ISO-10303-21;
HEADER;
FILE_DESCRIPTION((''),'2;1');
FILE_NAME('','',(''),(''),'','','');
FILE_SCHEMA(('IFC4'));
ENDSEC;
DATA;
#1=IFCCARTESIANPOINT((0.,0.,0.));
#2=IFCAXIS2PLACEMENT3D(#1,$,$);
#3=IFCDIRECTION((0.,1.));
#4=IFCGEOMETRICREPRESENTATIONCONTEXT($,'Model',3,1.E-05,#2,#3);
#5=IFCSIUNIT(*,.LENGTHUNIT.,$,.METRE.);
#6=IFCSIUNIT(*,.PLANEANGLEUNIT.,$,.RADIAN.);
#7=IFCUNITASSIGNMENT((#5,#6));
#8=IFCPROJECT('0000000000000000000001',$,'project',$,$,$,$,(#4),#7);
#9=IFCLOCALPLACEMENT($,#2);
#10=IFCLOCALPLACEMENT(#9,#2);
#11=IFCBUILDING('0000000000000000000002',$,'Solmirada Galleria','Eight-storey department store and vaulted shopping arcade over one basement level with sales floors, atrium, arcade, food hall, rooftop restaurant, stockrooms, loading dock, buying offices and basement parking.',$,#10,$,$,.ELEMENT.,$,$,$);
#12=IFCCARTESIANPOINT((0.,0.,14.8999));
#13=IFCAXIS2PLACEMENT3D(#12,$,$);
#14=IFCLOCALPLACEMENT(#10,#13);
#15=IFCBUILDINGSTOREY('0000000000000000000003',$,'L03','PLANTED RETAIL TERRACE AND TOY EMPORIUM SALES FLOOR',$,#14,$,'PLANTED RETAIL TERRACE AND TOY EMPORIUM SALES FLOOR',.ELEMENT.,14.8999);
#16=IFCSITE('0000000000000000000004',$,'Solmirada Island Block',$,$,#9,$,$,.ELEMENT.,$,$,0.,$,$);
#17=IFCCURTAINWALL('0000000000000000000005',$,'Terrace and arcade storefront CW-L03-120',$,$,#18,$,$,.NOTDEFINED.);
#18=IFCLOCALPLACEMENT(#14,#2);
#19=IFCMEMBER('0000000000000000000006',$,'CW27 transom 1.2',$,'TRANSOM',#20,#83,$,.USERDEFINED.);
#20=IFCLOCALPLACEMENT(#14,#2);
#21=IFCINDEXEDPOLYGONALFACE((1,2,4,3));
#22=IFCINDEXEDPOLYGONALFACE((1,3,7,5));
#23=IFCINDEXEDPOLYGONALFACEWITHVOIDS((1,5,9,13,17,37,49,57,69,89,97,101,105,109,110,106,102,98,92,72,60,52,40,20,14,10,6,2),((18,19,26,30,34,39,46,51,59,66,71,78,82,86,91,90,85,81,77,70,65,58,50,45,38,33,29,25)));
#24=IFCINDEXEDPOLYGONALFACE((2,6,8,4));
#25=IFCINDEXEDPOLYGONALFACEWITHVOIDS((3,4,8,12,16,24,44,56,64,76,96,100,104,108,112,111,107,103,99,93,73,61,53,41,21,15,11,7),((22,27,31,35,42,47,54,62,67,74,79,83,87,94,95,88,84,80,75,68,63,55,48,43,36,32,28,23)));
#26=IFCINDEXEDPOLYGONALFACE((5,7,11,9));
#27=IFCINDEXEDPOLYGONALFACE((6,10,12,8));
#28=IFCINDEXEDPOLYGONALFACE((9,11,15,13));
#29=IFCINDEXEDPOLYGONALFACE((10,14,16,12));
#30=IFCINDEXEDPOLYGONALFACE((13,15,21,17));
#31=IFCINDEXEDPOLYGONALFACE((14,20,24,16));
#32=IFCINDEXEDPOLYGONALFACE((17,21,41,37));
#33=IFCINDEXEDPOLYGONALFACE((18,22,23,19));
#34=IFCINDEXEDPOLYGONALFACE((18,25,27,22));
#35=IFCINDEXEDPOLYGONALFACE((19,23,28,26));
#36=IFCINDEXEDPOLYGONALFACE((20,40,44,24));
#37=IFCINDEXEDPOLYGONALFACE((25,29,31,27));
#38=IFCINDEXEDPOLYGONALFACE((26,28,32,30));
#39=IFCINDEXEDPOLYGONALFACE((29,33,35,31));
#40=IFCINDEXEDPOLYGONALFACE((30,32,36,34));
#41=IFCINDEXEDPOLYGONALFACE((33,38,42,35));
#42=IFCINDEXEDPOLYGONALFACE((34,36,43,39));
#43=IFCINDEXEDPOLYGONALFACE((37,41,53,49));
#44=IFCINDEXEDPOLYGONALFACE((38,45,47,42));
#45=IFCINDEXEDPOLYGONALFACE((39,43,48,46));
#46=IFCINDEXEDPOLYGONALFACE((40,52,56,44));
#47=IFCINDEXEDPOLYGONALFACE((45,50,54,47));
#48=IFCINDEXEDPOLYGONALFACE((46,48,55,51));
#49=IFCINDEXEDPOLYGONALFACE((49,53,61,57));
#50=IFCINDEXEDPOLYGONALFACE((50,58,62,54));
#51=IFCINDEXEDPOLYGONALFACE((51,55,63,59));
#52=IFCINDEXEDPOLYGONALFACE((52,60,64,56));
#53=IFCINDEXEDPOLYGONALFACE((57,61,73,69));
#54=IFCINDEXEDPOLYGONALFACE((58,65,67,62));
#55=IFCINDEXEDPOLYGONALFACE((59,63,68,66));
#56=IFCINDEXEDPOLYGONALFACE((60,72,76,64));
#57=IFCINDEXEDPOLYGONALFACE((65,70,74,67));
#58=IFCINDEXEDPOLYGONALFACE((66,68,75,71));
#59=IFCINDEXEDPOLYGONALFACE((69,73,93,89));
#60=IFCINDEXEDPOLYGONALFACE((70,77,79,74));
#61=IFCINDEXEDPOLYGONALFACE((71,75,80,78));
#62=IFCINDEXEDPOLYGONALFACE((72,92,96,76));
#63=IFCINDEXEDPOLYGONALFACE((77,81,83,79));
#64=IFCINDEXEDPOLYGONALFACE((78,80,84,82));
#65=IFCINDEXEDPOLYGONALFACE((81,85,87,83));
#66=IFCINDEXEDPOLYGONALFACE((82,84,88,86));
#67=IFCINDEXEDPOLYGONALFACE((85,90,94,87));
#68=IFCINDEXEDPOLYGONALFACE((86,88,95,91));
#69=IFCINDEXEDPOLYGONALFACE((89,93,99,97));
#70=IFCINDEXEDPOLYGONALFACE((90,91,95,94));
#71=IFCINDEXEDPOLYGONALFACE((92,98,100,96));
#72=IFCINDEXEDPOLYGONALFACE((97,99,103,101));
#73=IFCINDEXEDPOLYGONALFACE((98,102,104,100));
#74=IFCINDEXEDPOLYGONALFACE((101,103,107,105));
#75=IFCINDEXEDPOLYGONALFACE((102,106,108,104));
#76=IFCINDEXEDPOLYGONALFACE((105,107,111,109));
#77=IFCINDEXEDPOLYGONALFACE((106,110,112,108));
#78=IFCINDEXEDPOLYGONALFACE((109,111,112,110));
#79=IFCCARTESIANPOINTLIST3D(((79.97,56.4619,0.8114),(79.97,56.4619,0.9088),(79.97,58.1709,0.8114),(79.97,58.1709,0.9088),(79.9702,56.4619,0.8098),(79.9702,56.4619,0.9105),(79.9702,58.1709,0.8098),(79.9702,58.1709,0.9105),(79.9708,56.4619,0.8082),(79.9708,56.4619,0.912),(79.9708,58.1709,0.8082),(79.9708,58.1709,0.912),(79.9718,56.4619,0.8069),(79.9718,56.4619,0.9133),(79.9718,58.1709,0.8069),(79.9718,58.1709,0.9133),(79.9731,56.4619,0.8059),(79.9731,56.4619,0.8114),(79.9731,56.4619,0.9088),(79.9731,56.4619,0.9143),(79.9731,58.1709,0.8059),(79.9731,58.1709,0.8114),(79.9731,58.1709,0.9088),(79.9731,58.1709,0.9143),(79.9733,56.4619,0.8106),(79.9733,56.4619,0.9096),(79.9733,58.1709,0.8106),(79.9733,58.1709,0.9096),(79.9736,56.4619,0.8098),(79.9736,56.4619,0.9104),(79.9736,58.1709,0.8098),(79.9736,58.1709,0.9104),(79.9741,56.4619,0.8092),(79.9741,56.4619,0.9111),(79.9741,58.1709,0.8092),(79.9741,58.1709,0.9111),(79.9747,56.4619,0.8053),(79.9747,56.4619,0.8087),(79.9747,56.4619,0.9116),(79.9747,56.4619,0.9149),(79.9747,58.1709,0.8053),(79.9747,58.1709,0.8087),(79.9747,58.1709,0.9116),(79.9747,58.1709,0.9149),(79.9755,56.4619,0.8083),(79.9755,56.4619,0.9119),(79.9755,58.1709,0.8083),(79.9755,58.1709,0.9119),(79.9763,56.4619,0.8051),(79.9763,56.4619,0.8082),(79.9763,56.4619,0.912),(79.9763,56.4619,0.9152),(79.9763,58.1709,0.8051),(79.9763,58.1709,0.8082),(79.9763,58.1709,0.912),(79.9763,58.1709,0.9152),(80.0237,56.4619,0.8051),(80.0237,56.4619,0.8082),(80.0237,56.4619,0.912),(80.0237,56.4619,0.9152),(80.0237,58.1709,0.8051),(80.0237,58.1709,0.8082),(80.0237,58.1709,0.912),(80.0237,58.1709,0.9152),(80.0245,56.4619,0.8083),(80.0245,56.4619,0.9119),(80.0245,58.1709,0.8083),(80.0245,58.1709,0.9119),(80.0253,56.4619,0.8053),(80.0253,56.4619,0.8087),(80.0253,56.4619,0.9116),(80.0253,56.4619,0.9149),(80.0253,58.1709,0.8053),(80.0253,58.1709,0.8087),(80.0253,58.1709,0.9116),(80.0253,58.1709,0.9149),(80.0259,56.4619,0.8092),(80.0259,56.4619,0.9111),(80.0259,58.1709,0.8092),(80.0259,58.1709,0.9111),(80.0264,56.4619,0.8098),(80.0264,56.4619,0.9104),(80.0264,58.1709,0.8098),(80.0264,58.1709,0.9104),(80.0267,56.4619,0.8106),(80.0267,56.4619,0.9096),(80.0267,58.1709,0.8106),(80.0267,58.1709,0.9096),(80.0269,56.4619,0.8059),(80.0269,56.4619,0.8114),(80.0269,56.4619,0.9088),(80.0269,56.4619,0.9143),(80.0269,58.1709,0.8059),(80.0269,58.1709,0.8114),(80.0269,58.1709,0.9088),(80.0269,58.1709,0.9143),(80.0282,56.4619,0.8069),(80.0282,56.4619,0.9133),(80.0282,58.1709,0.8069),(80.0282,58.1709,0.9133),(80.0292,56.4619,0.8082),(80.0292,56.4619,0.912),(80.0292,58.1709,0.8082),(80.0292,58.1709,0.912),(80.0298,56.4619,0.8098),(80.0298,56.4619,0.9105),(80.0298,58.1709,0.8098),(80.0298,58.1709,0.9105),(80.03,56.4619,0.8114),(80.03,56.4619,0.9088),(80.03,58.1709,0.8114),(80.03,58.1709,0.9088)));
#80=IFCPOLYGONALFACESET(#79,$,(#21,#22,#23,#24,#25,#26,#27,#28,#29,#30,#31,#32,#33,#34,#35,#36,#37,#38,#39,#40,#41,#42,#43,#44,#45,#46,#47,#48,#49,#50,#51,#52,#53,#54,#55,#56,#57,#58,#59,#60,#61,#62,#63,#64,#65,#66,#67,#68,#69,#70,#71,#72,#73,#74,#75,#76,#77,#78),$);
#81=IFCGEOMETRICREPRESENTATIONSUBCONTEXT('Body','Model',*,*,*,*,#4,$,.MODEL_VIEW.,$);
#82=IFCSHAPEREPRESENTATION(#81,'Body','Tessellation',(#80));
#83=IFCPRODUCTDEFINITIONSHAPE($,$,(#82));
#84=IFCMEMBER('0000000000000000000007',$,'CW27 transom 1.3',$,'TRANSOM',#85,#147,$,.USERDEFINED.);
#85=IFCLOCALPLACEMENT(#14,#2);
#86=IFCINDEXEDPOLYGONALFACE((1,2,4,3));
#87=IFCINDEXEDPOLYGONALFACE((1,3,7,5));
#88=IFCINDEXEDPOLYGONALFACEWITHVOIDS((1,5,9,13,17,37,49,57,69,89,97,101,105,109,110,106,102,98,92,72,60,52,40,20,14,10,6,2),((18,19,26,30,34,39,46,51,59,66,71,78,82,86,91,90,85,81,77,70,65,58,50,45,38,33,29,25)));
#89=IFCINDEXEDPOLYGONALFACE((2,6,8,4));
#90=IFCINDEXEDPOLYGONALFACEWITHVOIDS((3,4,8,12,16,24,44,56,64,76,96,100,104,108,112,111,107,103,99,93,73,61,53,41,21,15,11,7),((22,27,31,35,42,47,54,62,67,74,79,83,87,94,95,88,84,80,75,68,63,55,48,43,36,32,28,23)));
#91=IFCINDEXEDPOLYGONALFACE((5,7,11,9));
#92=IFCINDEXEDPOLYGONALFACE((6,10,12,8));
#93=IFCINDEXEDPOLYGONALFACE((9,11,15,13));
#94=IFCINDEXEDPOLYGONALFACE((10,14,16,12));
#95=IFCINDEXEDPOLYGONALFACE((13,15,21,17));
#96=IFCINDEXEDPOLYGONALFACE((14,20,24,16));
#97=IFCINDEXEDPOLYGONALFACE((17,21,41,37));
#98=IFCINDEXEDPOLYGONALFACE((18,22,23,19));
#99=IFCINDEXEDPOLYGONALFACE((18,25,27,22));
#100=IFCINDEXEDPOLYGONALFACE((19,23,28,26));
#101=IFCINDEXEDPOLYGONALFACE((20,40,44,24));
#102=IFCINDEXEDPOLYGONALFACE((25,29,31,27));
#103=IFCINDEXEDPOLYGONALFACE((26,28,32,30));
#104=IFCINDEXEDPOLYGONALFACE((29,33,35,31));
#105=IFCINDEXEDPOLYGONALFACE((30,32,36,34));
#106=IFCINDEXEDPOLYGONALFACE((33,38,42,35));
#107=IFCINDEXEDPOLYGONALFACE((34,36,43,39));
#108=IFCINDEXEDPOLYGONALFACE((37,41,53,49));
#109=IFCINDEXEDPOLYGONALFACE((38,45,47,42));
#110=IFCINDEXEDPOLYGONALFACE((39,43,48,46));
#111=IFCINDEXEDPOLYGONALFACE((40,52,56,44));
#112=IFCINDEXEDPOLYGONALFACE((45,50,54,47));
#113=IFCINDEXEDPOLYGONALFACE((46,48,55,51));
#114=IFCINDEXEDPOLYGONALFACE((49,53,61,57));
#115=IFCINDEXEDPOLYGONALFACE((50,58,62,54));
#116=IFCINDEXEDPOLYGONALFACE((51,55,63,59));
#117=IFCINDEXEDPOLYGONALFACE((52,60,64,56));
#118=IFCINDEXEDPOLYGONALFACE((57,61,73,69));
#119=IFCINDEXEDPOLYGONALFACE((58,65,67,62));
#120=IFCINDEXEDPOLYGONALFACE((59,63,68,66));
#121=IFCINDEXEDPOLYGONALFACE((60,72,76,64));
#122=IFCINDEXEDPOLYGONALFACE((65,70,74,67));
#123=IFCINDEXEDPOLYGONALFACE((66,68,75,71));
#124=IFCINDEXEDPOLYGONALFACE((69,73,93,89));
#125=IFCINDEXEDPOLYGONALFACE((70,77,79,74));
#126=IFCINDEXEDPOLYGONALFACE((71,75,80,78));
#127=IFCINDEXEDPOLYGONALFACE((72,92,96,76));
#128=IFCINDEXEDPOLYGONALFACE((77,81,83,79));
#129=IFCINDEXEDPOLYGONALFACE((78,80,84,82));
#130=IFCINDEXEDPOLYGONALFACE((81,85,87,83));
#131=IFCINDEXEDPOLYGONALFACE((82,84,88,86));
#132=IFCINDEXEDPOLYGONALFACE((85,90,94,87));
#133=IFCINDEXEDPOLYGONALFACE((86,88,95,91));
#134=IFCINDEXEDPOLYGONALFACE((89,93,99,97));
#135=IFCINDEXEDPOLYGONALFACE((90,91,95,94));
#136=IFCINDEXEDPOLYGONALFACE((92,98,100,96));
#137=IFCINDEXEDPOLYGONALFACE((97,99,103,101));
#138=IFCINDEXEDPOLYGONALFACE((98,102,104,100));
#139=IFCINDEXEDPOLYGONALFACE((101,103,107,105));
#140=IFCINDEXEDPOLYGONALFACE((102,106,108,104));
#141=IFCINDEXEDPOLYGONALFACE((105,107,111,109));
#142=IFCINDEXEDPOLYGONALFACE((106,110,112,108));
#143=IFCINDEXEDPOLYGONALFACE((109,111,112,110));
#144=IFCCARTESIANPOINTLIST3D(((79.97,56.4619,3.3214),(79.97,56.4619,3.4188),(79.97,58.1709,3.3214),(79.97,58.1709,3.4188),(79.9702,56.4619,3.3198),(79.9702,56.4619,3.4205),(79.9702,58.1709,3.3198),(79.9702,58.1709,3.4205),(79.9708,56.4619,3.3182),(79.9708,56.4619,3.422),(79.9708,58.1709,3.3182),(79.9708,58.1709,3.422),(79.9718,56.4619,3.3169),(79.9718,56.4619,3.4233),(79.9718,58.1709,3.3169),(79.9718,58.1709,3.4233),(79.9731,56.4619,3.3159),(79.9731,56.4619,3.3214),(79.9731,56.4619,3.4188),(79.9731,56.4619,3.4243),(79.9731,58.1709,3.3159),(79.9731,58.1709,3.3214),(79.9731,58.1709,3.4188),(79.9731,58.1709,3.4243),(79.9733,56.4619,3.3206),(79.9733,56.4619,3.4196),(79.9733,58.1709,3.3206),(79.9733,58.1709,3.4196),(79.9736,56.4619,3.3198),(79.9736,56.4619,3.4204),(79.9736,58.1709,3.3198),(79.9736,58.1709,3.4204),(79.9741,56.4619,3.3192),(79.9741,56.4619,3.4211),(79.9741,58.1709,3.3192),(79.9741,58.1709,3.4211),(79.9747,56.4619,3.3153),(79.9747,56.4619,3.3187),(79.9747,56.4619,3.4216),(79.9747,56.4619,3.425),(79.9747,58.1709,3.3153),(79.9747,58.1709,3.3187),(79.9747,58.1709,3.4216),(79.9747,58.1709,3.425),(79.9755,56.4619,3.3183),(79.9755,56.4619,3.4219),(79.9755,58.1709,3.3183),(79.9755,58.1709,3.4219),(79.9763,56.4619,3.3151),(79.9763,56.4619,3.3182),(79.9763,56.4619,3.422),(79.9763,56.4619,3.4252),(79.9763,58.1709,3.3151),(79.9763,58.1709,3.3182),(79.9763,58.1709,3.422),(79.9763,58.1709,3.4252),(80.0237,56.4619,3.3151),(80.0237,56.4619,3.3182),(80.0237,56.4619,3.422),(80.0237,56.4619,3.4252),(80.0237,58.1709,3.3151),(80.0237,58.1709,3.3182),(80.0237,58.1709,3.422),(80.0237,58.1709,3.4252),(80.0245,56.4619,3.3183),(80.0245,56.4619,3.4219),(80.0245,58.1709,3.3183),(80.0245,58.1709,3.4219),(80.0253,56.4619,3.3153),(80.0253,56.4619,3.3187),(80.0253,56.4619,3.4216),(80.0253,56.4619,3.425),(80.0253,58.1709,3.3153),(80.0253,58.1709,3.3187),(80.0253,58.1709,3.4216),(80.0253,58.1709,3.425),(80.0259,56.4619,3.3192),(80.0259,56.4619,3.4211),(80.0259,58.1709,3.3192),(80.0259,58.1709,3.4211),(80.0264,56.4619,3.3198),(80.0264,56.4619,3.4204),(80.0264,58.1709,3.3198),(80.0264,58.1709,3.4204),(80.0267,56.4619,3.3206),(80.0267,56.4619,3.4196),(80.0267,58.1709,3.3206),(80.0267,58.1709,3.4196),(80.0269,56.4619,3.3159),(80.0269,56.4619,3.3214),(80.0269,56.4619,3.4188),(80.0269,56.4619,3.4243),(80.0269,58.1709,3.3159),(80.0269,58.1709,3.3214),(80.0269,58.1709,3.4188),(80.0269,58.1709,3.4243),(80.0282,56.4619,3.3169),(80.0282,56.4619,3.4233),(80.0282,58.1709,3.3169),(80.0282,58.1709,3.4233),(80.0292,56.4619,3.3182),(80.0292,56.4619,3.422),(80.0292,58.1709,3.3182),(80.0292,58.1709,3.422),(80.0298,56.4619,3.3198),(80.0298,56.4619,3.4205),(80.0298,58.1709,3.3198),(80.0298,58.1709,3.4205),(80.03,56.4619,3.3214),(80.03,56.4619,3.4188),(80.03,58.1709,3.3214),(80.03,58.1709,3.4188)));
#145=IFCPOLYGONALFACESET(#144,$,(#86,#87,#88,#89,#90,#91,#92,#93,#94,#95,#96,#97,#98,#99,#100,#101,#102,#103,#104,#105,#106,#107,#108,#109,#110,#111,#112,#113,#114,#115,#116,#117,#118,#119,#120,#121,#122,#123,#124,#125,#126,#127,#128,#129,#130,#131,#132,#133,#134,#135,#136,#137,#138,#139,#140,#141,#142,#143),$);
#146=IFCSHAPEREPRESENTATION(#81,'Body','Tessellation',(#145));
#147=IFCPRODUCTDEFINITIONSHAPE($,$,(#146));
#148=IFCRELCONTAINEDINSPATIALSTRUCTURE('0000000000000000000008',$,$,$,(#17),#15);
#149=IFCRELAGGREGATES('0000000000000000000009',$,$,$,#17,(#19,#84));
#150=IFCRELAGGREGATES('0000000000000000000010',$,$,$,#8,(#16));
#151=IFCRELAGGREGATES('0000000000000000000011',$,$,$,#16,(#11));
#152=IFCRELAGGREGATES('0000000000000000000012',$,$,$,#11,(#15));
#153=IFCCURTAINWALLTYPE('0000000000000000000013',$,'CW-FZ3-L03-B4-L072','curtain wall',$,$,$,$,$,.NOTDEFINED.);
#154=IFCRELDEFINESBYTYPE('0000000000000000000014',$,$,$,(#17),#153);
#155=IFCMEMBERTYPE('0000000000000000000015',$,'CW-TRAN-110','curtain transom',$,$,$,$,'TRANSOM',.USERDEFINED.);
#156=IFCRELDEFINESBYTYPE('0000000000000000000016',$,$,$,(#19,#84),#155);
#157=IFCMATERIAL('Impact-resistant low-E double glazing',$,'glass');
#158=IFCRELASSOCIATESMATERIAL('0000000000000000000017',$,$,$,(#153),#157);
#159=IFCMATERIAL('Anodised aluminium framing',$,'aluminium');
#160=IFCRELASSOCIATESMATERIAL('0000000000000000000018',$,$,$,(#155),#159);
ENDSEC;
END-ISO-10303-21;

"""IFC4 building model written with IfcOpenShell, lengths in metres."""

from ifc_helpers import new_model, si_unit, direction, frame, origin, origin_2d, place, context, subcontext, project, spatial, hollow_rectangle, extrude, material, material_profile, profile_set, type_object, element, aggregate, save


model = new_model("IFC4")

# Units and contexts
model_context = context("Model", 3, precision=1e-05, world=origin(), true_north=direction((0.0, 1.0)))
body_context = subcontext(model_context, "Body", "Model", "MODEL_VIEW")
ifc_project = project(units=[si_unit("LENGTHUNIT", "METRE"), si_unit("PLANEANGLEUNIT", "RADIAN")], contexts=[model_context])

# Site, building, storey
site_placement = place(None, origin())
site = spatial("IfcSite", under=ifc_project, at=site_placement, Name="Solmirada Island Block", CompositionType="ELEMENT", RefElevation=0.0)
building_placement = place(site_placement, origin())
building = spatial("IfcBuilding", under=site, at=building_placement, Name="Solmirada Galleria", Description="Eight-storey department store and vaulted shopping arcade over one basement level with sales floors, atrium, arcade, food hall, rooftop restaurant, stockrooms, loading dock, buying offices and basement parking.", CompositionType="ELEMENT")
storey_placement = place(building_placement, frame((0.0, 0.0, 14.8999)))
storey = spatial("IfcBuildingStorey", under=building, at=storey_placement, Name="L03", Description="PLANTED RETAIL TERRACE AND TOY EMPORIUM SALES FLOOR", LongName="PLANTED RETAIL TERRACE AND TOY EMPORIUM SALES FLOOR", CompositionType="ELEMENT", Elevation=14.8999)

# Shared definitions
ifc_material_1 = material(Name="Impact-resistant low-E double glazing", Category="glass")
curtain_wall_type_1 = type_object("IfcCurtainWallType", Name="CW-FZ3-L03-B4-L072", Description="curtain wall", PredefinedType="NOTDEFINED", material=ifc_material_1)
ifc_material_2 = material(Name="Anodised aluminium framing", Category="aluminium")

# Curtain wall
curtain_wall_1_placement = place(storey_placement, origin())
curtain_wall_1 = element("IfcCurtainWall", 1, at=curtain_wall_1_placement, inside=storey, type_object=curtain_wall_type_1, Name="Terrace and arcade storefront CW-L03-120", PredefinedType="NOTDEFINED")

# Members
ifc_material_profile_1 = material_profile(ifc_material_2, hollow_rectangle(XDim=0.0601, YDim=0.1101, WallThickness=0.0032, InnerFilletRadius=0.0032, OuterFilletRadius=0.0063, at=origin_2d()), Name="ALU-TRAN-110X60")
ifc_profile_set_1 = profile_set([ifc_material_profile_1], Name="Anodised aluminium framing")
member_type_1 = type_object("IfcMemberType", Name="CW-TRAN-110", Description="curtain transom", ElementType="TRANSOM", PredefinedType="USERDEFINED", material=ifc_profile_set_1)
member_1_placement = place(storey_placement, frame((80.0, 56.4619, 0.8601), z_axis=(0.0, 1.0, 0.0), x_axis=(-1.0, 0.0, 0.0)))
member_1 = element("IfcMember", 2, at=member_1_placement, type_object=member_type_1, Name="CW27 transom 1.2", ObjectType="TRANSOM", PredefinedType="USERDEFINED", context=body_context, shape_type="SweptSolid", body=[
    extrude(hollow_rectangle(XDim=0.0601, YDim=0.1101, WallThickness=0.0032, InnerFilletRadius=0.0032, OuterFilletRadius=0.0063, at=origin_2d()), origin(), (0.0, 0.0, 1.0), 1.709),
])
member_2_placement = place(storey_placement, frame((80.0, 56.4619, 3.3701), z_axis=(0.0, 1.0, 0.0), x_axis=(-1.0, 0.0, 0.0)))
member_2 = element("IfcMember", 3, at=member_2_placement, type_object=member_type_1, Name="CW27 transom 1.3", ObjectType="TRANSOM", PredefinedType="USERDEFINED", context=body_context, shape_type="SweptSolid", body=[
    extrude(hollow_rectangle(XDim=0.0601, YDim=0.1101, WallThickness=0.0032, InnerFilletRadius=0.0032, OuterFilletRadius=0.0063, at=origin_2d()), origin(), (0.0, 0.0, 1.0), 1.709),
])

aggregate(curtain_wall_1, [member_1, member_2])

save(model, "model.ifc")
